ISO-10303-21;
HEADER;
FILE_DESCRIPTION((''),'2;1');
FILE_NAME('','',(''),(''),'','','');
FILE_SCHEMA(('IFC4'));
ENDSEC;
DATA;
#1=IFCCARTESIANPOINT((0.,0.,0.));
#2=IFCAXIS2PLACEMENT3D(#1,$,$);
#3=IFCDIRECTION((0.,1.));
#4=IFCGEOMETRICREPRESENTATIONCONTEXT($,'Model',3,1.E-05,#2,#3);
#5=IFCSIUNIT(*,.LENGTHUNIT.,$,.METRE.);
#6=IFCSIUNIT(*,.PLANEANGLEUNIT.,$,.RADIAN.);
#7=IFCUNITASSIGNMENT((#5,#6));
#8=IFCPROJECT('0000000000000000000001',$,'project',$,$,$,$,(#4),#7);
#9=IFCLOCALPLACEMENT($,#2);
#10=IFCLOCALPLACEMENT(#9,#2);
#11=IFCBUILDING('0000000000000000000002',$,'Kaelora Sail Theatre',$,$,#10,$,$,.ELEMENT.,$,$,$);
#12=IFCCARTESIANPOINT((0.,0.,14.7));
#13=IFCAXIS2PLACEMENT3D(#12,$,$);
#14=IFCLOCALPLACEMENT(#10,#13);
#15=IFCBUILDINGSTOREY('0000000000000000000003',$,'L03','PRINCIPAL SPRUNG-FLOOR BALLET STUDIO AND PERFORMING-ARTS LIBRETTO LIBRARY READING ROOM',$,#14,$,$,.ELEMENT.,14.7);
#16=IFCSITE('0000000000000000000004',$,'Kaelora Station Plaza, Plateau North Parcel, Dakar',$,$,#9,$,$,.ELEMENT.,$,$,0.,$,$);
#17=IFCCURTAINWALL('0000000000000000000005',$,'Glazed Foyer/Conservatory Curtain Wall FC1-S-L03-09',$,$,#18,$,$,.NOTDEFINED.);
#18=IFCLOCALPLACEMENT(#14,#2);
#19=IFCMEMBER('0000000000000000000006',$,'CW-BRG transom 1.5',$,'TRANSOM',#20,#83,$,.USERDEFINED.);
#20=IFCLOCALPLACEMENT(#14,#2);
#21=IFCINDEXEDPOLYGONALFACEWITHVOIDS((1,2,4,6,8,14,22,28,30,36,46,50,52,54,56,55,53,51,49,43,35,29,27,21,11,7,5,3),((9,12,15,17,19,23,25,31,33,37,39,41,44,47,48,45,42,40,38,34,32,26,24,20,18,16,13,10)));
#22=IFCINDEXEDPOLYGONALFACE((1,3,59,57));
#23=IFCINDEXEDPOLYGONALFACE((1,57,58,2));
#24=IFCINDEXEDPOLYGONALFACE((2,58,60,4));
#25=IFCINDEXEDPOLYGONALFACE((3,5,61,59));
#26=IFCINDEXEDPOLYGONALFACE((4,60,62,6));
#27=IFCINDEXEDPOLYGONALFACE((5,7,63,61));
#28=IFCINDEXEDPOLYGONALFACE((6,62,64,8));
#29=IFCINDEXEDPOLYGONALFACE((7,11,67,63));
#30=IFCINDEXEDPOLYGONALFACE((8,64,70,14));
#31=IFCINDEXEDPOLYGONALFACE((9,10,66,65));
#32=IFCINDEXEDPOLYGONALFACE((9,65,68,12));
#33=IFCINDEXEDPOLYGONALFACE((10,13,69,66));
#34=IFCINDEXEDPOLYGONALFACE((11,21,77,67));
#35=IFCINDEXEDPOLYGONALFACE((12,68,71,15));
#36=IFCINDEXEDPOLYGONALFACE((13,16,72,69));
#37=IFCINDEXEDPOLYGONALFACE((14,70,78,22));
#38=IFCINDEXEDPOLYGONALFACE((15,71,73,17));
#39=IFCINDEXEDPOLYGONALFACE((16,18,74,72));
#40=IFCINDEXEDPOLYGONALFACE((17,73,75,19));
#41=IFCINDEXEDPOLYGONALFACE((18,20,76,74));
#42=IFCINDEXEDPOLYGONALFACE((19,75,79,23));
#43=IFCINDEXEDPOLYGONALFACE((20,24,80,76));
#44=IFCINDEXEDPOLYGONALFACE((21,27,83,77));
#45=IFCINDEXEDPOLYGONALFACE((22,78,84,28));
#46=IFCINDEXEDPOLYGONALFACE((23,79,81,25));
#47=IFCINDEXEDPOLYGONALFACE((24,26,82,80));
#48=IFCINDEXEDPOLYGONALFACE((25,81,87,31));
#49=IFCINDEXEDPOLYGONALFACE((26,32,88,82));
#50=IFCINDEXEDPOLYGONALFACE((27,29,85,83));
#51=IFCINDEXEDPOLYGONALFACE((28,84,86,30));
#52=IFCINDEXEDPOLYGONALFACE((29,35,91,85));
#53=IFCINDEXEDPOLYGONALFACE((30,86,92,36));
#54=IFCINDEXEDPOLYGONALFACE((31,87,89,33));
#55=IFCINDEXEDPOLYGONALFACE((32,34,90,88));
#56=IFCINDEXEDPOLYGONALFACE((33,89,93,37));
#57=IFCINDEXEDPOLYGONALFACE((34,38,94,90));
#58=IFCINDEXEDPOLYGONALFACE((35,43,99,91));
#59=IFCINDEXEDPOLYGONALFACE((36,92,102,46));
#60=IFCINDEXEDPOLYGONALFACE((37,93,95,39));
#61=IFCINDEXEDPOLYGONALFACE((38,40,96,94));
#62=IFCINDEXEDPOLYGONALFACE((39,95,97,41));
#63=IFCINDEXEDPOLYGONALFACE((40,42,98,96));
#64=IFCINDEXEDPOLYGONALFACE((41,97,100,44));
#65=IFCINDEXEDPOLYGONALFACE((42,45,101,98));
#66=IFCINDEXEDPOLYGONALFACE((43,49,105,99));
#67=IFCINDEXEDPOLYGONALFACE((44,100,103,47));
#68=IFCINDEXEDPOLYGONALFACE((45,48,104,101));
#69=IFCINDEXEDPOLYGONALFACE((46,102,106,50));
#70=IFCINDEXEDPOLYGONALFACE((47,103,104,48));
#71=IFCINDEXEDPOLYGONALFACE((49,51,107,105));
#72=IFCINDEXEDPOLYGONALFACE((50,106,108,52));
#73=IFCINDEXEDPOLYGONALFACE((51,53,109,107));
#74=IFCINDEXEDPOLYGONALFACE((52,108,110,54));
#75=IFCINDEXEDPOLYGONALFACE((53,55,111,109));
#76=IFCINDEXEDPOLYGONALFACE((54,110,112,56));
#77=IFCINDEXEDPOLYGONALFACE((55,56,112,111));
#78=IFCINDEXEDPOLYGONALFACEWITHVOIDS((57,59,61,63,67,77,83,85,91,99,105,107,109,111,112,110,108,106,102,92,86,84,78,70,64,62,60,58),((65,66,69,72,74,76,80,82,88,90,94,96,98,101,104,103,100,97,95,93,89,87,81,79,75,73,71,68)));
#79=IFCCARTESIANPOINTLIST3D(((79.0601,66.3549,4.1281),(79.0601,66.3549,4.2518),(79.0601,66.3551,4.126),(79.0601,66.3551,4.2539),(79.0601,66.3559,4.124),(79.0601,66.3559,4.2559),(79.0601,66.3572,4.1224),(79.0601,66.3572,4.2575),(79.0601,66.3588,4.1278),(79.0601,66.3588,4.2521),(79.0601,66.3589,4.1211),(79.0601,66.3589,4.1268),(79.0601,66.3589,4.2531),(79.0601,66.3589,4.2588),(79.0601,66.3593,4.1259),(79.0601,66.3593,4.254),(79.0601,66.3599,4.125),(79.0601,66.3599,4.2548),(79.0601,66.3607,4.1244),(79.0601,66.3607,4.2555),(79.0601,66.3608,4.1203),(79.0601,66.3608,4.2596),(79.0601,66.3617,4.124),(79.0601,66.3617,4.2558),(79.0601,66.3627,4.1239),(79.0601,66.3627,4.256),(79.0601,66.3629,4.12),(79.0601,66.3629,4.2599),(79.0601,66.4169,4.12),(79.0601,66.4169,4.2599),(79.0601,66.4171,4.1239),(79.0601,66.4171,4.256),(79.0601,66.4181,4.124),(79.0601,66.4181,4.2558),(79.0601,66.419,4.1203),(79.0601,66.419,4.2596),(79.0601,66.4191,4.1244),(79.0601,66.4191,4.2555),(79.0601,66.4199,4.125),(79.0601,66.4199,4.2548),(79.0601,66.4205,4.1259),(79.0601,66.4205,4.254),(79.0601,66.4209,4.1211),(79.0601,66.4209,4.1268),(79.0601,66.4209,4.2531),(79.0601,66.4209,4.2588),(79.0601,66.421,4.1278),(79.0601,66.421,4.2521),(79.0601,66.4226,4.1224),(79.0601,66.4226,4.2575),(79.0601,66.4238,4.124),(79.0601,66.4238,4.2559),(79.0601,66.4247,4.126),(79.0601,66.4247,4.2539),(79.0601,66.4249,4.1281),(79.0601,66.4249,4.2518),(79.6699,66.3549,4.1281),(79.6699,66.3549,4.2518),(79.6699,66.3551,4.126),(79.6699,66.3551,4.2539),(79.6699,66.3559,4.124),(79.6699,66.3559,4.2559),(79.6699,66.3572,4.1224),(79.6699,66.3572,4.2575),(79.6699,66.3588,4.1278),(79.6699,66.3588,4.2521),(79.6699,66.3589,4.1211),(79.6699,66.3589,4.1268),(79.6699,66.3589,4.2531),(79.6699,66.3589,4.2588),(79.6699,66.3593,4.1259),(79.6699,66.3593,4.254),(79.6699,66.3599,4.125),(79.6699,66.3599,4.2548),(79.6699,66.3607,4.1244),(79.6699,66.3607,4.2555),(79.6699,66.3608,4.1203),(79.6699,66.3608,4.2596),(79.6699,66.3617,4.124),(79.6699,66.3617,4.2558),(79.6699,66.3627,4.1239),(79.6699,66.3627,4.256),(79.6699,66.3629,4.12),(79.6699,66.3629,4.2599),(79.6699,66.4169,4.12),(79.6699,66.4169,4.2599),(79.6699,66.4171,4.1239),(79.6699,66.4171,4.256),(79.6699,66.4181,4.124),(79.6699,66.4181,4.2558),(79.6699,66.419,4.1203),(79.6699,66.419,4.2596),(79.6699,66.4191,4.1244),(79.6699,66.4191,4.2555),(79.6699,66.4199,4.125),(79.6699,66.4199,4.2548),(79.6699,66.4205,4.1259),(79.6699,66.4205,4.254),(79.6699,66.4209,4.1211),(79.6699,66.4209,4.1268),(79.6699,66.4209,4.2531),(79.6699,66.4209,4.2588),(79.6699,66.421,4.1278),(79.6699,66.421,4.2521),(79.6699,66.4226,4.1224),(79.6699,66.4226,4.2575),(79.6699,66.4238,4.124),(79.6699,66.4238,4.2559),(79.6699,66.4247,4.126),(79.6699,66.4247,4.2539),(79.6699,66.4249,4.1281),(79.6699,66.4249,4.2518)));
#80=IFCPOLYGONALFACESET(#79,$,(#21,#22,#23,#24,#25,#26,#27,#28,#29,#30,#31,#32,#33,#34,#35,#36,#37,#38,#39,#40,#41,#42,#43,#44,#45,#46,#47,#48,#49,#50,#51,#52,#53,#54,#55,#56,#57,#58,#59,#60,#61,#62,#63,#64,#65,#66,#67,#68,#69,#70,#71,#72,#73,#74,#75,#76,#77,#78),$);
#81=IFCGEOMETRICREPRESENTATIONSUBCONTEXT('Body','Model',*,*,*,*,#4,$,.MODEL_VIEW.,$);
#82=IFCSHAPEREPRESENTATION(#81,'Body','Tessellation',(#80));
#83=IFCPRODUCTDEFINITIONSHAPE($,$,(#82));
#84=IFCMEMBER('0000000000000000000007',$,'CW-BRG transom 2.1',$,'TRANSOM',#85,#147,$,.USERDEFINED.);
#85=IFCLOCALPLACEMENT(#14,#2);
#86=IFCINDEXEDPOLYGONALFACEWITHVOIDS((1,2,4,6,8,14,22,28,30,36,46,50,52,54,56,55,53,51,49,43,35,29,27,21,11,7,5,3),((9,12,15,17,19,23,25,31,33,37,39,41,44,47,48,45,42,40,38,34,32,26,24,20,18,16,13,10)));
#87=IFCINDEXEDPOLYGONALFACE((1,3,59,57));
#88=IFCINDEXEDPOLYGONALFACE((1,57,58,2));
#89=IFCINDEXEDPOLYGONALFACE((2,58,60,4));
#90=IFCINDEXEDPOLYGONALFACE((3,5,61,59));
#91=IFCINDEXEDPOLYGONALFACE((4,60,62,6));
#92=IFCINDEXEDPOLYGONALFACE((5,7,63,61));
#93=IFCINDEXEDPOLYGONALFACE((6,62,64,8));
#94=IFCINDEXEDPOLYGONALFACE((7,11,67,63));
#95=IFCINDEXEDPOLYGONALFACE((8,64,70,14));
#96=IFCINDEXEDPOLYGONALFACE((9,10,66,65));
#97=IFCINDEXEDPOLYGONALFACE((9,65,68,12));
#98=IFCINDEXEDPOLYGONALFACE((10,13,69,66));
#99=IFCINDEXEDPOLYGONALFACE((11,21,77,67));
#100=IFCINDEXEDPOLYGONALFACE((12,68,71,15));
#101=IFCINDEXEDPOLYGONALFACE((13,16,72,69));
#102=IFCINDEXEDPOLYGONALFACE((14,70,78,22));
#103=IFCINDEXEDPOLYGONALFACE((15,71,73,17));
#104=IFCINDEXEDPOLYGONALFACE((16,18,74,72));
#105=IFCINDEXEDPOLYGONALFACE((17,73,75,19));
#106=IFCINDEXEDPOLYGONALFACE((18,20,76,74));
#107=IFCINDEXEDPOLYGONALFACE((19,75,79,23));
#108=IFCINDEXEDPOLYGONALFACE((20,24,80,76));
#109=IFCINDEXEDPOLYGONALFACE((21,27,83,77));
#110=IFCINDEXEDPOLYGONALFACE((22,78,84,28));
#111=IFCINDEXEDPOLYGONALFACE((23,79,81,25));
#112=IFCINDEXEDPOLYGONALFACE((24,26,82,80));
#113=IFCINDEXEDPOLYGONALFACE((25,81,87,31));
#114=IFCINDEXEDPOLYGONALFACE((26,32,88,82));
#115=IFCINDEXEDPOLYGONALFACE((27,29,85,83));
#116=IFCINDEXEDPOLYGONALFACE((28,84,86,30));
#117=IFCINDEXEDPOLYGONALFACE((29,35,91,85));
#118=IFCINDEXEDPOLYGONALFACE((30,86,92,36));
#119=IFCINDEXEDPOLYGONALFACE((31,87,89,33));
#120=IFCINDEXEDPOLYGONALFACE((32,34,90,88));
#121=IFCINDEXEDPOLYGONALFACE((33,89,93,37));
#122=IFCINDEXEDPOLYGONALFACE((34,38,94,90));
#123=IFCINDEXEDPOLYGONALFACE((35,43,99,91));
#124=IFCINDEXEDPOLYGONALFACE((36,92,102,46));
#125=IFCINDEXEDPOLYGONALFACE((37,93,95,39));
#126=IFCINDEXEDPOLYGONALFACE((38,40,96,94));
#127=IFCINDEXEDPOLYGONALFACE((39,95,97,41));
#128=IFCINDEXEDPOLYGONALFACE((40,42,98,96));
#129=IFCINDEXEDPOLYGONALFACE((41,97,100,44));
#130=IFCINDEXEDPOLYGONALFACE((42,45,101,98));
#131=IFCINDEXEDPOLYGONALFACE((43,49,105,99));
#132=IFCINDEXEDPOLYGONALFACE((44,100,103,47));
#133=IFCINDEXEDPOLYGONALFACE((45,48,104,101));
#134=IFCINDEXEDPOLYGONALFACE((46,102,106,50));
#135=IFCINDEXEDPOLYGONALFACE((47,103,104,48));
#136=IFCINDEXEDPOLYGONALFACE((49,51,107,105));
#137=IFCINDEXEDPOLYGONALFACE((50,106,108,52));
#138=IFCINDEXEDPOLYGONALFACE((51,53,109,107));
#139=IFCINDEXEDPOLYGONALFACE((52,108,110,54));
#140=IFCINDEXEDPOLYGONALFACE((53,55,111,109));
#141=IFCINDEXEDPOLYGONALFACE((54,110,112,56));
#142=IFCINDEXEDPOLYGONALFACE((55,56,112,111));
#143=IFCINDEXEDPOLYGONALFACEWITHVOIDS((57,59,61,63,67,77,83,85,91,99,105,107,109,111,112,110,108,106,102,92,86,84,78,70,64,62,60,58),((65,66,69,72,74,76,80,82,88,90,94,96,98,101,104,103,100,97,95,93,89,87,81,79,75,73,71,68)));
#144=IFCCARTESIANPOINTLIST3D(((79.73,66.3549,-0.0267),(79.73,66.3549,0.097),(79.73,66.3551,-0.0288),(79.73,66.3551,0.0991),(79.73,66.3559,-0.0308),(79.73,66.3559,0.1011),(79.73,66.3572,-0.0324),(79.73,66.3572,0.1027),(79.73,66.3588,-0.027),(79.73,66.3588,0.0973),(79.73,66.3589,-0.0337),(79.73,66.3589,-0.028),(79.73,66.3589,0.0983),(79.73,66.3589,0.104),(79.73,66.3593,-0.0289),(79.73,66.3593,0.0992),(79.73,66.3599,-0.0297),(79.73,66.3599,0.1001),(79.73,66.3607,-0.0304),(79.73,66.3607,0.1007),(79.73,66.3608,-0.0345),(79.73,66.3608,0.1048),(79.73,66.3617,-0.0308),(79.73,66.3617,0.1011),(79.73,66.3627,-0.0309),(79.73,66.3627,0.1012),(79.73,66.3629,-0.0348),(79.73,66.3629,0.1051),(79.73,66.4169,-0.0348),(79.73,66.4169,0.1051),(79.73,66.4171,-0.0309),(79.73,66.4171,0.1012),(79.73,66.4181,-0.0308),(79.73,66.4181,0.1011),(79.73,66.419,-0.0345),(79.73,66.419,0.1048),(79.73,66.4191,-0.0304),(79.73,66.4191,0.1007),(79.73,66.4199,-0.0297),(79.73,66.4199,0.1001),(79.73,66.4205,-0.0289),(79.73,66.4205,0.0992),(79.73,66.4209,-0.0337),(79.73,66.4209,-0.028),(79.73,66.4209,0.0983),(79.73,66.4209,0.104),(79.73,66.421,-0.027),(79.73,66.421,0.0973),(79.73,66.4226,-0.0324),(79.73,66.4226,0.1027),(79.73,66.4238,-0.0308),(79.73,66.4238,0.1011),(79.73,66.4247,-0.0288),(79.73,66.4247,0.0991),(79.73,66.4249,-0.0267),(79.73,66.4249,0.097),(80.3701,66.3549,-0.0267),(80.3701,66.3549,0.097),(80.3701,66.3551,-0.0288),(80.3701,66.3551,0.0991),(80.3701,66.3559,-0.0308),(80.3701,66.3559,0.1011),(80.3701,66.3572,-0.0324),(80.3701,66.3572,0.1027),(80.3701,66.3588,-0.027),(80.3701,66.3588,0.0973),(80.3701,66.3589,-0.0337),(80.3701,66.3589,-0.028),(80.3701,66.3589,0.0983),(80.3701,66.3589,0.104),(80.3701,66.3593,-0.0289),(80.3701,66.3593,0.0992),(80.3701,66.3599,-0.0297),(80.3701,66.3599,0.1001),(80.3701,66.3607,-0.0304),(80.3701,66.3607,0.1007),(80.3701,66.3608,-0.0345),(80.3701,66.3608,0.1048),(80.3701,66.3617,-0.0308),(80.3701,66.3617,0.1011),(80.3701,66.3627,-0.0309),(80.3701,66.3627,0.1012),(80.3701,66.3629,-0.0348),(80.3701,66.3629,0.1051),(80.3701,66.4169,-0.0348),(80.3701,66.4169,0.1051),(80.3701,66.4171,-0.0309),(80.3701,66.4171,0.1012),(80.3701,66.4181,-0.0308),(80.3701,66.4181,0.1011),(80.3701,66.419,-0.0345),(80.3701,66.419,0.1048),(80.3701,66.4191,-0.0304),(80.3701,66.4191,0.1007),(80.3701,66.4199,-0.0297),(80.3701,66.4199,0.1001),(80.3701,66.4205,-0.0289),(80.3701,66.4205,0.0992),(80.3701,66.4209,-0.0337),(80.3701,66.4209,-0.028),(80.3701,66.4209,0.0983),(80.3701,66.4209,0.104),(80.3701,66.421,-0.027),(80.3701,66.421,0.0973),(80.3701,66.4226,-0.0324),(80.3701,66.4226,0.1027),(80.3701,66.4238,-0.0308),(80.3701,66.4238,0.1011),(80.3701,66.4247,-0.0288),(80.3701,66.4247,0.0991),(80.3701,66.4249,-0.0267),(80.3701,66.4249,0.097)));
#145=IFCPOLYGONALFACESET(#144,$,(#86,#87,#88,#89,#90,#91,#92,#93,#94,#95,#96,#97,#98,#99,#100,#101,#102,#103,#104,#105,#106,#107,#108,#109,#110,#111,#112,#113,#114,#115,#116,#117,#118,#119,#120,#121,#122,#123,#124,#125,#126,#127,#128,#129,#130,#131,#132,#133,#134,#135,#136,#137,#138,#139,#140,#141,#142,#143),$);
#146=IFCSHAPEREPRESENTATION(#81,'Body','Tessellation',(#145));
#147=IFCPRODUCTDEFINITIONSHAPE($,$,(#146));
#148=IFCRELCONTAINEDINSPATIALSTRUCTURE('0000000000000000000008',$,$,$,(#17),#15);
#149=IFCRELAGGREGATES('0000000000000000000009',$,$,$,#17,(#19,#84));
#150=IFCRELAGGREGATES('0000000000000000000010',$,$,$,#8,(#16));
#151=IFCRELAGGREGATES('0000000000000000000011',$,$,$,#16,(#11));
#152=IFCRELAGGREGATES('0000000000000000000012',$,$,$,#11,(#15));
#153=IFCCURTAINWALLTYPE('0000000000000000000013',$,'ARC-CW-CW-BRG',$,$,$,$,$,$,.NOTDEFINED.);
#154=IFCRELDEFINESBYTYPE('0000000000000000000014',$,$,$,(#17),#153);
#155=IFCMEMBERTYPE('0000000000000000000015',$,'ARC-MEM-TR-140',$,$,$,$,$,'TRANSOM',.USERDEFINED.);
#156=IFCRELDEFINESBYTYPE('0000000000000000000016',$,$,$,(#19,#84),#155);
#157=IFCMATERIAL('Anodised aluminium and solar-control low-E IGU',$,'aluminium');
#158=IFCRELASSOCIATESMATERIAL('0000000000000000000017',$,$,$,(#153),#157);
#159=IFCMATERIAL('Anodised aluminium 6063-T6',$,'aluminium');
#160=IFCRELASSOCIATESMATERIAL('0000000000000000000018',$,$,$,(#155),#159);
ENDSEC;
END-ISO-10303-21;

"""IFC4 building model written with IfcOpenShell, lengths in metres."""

from ifc_helpers import new_model, si_unit, direction, frame, origin, origin_2d, place, context, subcontext, project, spatial, hollow_rectangle, extrude, material, material_profile, profile_set, type_object, element, aggregate, save


model = new_model("IFC4")

# Units and contexts
model_context = context("Model", 3, precision=1e-05, world=origin(), true_north=direction((0.0, 1.0)))
body_context = subcontext(model_context, "Body", "Model", "MODEL_VIEW")
ifc_project = project(units=[si_unit("LENGTHUNIT", "METRE"), si_unit("PLANEANGLEUNIT", "RADIAN")], contexts=[model_context])

# Site, building, storey
site_placement = place(None, origin())
site = spatial("IfcSite", under=ifc_project, at=site_placement, Name="Kaelora Station Plaza, Plateau North Parcel, Dakar", CompositionType="ELEMENT", RefElevation=0.0)
building_placement = place(site_placement, origin())
building = spatial("IfcBuilding", under=site, at=building_placement, Name="Kaelora Sail Theatre", CompositionType="ELEMENT")
storey_placement = place(building_placement, frame((0.0, 0.0, 14.7)))
storey = spatial("IfcBuildingStorey", under=building, at=storey_placement, Name="L03", Description="PRINCIPAL SPRUNG-FLOOR BALLET STUDIO AND PERFORMING-ARTS LIBRETTO LIBRARY READING ROOM", CompositionType="ELEMENT", Elevation=14.7)

# Curtain wall, members
ifc_material_1 = material(Name="Anodised aluminium and solar-control low-E IGU", Category="aluminium")
curtain_wall_type = type_object("IfcCurtainWallType", Name="ARC-CW-CW-BRG", PredefinedType="NOTDEFINED", material=ifc_material_1)
curtain_wall_placement = place(storey_placement, origin())
curtain_wall = element("IfcCurtainWall", 1, at=curtain_wall_placement, inside=storey, type_object=curtain_wall_type, Name="Glazed Foyer/Conservatory Curtain Wall FC1-S-L03-09", PredefinedType="NOTDEFINED")
ifc_material_2 = material(Name="Anodised aluminium 6063-T6", Category="aluminium")
ifc_material_profile_1 = material_profile(ifc_material_2, hollow_rectangle(XDim=0.0701, YDim=0.1399, WallThickness=0.0039, InnerFilletRadius=0.0039, OuterFilletRadius=0.0081, at=origin_2d()), Name="ALU-TRAN 70x140x4")
ifc_profile_set_1 = profile_set([ifc_material_profile_1], Name="Anodised aluminium 6063-T6")
member_type_1 = type_object("IfcMemberType", Name="ARC-MEM-TR-140", ElementType="TRANSOM", PredefinedType="USERDEFINED", material=ifc_profile_set_1)
member_1_placement = place(storey_placement, frame((79.0601, 66.3899, 4.1899), z_axis=(1.0, 0.0, 0.0), x_axis=(0.0, 1.0, 0.0)))
member_1 = element("IfcMember", 2, at=member_1_placement, type_object=member_type_1, Name="CW-BRG transom 1.5", ObjectType="TRANSOM", PredefinedType="USERDEFINED", context=body_context, shape_type="SweptSolid", body=[
    extrude(hollow_rectangle(XDim=0.0701, YDim=0.1399, WallThickness=0.0039, InnerFilletRadius=0.0039, OuterFilletRadius=0.0081, at=origin_2d()), origin(), (0.0, 0.0, 1.0), 0.6099),
])
member_2_placement = place(storey_placement, frame((79.73, 66.3899, 0.0352), z_axis=(1.0, 0.0, 0.0), x_axis=(0.0, 1.0, 0.0)))
member_2 = element("IfcMember", 3, at=member_2_placement, type_object=member_type_1, Name="CW-BRG transom 2.1", ObjectType="TRANSOM", PredefinedType="USERDEFINED", context=body_context, shape_type="SweptSolid", body=[
    extrude(hollow_rectangle(XDim=0.0701, YDim=0.1399, WallThickness=0.0039, InnerFilletRadius=0.0039, OuterFilletRadius=0.0081, at=origin_2d()), origin(), (0.0, 0.0, 1.0), 0.6401),
])
aggregate(curtain_wall, [member_1, member_2])

save(model, "model.ifc")
